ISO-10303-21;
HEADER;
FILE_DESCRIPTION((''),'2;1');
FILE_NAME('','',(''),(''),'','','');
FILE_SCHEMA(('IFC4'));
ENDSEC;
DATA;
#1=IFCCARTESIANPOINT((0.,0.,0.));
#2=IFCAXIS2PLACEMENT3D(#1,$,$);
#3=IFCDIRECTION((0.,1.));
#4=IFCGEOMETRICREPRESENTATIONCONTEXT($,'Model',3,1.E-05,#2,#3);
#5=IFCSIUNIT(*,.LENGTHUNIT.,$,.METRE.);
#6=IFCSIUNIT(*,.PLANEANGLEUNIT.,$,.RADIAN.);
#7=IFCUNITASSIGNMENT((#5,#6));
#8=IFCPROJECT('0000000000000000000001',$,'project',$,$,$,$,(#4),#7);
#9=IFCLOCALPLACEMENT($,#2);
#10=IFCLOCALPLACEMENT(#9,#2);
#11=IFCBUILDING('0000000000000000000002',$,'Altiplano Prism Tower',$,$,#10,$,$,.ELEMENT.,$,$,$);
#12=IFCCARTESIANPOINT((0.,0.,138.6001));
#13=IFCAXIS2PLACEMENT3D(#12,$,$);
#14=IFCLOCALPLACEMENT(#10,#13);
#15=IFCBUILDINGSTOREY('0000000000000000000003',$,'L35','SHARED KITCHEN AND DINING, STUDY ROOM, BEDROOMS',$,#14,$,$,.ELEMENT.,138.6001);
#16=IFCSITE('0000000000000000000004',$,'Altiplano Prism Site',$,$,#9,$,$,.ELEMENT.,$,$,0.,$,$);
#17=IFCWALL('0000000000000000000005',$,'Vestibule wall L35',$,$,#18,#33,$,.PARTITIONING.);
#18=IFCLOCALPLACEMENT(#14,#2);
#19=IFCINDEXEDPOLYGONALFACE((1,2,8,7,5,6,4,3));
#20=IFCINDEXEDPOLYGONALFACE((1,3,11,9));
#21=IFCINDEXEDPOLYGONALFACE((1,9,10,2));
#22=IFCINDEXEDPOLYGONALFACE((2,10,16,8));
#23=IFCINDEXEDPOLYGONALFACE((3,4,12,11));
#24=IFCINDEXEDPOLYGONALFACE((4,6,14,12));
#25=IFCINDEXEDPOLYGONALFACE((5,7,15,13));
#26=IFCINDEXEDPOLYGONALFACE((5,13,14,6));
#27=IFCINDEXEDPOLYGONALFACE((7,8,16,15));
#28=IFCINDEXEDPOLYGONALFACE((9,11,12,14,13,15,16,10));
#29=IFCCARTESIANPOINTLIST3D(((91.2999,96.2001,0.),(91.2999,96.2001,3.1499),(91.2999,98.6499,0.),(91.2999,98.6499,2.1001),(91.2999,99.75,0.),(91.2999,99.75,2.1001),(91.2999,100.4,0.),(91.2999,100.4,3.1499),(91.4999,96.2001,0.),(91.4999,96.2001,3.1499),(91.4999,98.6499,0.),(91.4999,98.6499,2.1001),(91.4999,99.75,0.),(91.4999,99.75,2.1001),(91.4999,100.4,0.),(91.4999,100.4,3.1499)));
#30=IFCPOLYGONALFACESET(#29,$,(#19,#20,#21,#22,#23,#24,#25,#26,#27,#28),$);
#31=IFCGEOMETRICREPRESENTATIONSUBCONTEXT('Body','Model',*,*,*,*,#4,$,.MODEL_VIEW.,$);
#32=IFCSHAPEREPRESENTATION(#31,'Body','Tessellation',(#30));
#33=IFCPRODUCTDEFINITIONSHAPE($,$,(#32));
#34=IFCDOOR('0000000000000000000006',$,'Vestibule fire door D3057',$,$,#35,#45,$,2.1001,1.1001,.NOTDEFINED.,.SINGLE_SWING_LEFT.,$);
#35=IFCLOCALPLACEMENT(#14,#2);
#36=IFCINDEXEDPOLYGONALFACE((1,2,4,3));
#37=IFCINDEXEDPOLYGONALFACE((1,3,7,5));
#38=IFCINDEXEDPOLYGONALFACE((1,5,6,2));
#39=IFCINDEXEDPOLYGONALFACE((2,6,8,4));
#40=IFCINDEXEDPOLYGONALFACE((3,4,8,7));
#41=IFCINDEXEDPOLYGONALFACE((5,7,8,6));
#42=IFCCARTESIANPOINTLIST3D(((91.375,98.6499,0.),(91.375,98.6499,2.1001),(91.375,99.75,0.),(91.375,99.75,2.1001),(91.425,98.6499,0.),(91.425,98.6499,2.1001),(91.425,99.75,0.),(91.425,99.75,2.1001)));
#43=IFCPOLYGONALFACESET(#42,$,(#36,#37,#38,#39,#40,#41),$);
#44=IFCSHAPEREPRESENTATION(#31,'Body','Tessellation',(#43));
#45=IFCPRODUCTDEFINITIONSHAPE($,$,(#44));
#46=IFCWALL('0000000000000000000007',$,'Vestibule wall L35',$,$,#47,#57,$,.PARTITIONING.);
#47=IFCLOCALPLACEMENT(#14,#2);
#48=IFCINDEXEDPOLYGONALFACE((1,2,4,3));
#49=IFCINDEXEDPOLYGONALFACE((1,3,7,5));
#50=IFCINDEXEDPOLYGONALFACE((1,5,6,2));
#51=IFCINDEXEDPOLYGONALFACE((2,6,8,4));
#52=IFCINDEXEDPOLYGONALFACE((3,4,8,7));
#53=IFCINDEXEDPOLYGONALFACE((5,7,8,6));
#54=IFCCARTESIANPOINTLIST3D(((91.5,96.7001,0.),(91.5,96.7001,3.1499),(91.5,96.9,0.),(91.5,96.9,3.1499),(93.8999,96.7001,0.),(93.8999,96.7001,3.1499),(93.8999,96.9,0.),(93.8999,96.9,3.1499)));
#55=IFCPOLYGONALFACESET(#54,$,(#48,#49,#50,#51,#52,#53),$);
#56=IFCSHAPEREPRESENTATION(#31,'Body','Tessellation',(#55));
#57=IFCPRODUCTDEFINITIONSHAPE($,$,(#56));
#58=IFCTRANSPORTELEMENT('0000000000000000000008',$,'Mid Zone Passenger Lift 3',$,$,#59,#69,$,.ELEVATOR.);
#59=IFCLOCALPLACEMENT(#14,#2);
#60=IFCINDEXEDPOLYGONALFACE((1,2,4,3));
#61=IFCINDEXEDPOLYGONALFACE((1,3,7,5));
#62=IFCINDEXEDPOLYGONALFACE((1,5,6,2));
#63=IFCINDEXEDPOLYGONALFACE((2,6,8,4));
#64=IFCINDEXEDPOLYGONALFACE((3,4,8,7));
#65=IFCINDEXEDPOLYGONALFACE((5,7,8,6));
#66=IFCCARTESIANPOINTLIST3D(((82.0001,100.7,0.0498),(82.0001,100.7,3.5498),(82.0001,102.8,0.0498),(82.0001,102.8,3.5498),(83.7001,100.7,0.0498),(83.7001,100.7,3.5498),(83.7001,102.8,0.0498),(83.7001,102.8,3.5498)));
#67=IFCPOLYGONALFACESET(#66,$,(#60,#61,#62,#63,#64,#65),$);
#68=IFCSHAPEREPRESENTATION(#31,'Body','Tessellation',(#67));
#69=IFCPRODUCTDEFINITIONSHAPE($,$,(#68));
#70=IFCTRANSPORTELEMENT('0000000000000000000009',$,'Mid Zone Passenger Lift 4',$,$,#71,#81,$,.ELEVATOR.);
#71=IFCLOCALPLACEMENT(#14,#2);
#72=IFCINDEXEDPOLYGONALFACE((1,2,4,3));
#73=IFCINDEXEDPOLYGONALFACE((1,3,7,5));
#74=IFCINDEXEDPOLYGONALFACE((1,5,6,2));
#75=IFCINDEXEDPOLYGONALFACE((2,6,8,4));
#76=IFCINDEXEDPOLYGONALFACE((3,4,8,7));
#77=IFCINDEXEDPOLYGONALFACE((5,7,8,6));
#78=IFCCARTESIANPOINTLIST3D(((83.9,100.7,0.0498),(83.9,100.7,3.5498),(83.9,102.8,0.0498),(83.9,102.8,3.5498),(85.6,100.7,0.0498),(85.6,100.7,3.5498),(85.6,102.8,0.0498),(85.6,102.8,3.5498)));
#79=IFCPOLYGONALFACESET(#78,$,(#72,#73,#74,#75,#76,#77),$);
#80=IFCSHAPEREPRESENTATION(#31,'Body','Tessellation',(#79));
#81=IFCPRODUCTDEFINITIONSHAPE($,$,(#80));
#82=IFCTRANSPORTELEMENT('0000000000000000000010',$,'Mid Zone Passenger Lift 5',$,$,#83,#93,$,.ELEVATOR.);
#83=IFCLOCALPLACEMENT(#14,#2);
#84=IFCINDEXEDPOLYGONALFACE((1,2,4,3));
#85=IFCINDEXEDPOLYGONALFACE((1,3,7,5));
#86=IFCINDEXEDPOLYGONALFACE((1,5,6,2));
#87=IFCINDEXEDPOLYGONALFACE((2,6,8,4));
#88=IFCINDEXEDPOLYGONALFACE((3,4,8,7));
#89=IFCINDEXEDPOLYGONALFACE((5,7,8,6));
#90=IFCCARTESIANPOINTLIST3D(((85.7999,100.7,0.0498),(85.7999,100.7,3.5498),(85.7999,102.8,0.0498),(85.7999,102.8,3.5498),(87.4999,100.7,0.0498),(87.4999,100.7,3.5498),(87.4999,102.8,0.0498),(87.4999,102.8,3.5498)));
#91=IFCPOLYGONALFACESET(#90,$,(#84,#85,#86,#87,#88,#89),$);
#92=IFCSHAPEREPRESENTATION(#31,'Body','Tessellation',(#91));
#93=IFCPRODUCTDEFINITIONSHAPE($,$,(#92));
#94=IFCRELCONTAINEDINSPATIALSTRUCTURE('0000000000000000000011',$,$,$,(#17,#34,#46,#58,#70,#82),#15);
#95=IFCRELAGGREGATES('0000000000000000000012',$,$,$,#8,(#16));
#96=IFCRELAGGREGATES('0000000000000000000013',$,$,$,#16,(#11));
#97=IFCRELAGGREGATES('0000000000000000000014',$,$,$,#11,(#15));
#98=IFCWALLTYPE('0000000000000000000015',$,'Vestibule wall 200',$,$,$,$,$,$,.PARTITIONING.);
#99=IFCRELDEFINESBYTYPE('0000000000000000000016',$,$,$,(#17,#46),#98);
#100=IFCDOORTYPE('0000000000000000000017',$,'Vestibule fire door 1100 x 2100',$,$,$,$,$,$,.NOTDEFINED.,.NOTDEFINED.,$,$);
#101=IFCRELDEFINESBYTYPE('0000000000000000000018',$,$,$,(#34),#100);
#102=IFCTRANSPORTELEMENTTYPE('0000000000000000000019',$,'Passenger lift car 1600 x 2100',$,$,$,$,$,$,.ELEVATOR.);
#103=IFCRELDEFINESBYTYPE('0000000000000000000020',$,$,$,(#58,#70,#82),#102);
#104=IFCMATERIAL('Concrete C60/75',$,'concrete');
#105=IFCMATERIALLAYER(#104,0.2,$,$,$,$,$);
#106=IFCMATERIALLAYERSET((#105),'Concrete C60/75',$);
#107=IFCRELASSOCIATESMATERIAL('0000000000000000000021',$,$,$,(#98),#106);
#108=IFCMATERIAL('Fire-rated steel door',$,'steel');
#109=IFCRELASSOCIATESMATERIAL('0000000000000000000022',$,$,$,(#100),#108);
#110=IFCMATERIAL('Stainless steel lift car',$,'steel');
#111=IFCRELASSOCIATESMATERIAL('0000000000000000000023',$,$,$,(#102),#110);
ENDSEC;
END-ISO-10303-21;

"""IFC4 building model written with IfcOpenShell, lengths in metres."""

from ifc_helpers import new_model, si_unit, direction, frame, frame_2d, origin, origin_2d, place, context, subcontext, project, spatial, rectangle, extrude, material, layer, layer_set, type_object, element, fill, save


model = new_model("IFC4")

# Units and contexts
model_context = context("Model", 3, precision=1e-05, world=origin(), true_north=direction((0.0, 1.0)))
body_context = subcontext(model_context, "Body", "Model", "MODEL_VIEW")
ifc_project = project(units=[si_unit("LENGTHUNIT", "METRE"), si_unit("PLANEANGLEUNIT", "RADIAN")], contexts=[model_context])

# Site, building, storey
site_placement = place(None, origin())
site = spatial("IfcSite", under=ifc_project, at=site_placement, Name="Altiplano Prism Site", CompositionType="ELEMENT", RefElevation=0.0)
building_placement = place(site_placement, origin())
building = spatial("IfcBuilding", under=site, at=building_placement, Name="Altiplano Prism Tower", CompositionType="ELEMENT")
storey_placement = place(building_placement, frame((0.0, 0.0, 138.6001)))
storey = spatial("IfcBuildingStorey", under=building, at=storey_placement, Name="L35", Description="SHARED KITCHEN AND DINING, STUDY ROOM, BEDROOMS", CompositionType="ELEMENT", Elevation=138.6001)

# Shared definitions
ifc_material_1 = material(Name="Concrete C60/75", Category="concrete")

# Shared definitions
ifc_material_2 = material(Name="Fire-rated steel door", Category="steel")

# Shared definitions
ifc_layer_1 = layer(ifc_material_1, 0.2)
ifc_layer_set_1 = layer_set([ifc_layer_1], Name="Concrete C60/75")
wall_type_1 = type_object("IfcWallType", Name="Vestibule wall 200", PredefinedType="PARTITIONING", material=ifc_layer_set_1)
door_type_1 = type_object("IfcDoorType", Name="Vestibule fire door 1100 x 2100", OperationType="NOTDEFINED", PredefinedType="NOTDEFINED", material=ifc_material_2)

# Wall, opening, door
wall_1_placement = place(storey_placement, frame((91.3999, 96.2, 0.0), z_axis=(0.0, 0.0, 1.0), x_axis=(0.0, 1.0, 0.0)))
wall_1 = element("IfcWall", 1, at=wall_1_placement, inside=storey, type_object=wall_type_1, Name="Vestibule wall L35", PredefinedType="PARTITIONING", context=body_context, shape_type="SweptSolid", body=[
    extrude(rectangle(XDim=4.2, YDim=0.2, at=frame_2d((2.1001, 0.0))), origin(), (0.0, 0.0, 1.0), 3.1499),
])
opening_1_placement = place(wall_1_placement, frame((2.45, 0.0, 0.0)))
opening_1 = element("IfcOpeningElement", 2, at=opening_1_placement, cuts=wall_1, PredefinedType="OPENING", context=body_context, shape_type="SweptSolid", body=[
    extrude(rectangle(XDim=1.1001, YDim=2.1001, at=frame_2d((0.55, 1.05))), frame((0.0, 0.1104, 0.0), z_axis=(0.0, -1.0, 0.0), x_axis=(1.0, 0.0, 0.0)), (0.0, 0.0, 1.0), 0.2209),
])
door_1_placement = place(opening_1_placement, origin())
door_1 = element("IfcDoor", 3, at=door_1_placement, inside=storey, type_object=door_type_1, Name="Vestibule fire door D3057", OperationType="SINGLE_SWING_LEFT", OverallHeight=2.1001, OverallWidth=1.1001, PredefinedType="NOTDEFINED", context=body_context, shape_type="SweptSolid", body=[
    extrude(rectangle(XDim=1.1001, YDim=2.1001, at=frame_2d((0.55, 1.05))), frame((0.0, 0.0249, 0.0), z_axis=(0.0, -1.0, 0.0), x_axis=(1.0, 0.0, 0.0)), (0.0, 0.0, 1.0), 0.05),
])
fill(opening_1, door_1)

# Wall
wall_2_placement = place(storey_placement, frame((91.5, 96.8, 0.0), z_axis=(0.0, 0.0, 1.0), x_axis=(1.0, 0.0, 0.0)))
element("IfcWall", 4, at=wall_2_placement, inside=storey, type_object=wall_type_1, Name="Vestibule wall L35", PredefinedType="PARTITIONING", context=body_context, shape_type="SweptSolid", body=[
    extrude(rectangle(XDim=2.3999, YDim=0.2, at=frame_2d((1.2, 0.0))), origin(), (0.0, 0.0, 1.0), 3.1499),
])

# Transport elements
ifc_material_3 = material(Name="Stainless steel lift car", Category="steel")
transport_element_type = type_object("IfcTransportElementType", Name="Passenger lift car 1600 x 2100", PredefinedType="ELEVATOR", material=ifc_material_3)
for number, where, z_axis, x_axis, name in (
    (5, (82.8501, 101.75, 0.0498), (0.0, 0.0, 1.0), (1.0, 0.0, 0.0), "Mid Zone Passenger Lift 3"),
    (6, (84.75, 101.75, 0.0498), (0.0, 0.0, 1.0), (1.0, 0.0, 0.0), "Mid Zone Passenger Lift 4"),
    (7, (86.6499, 101.75, 0.0498), (0.0, 0.0, 1.0), (1.0, 0.0, 0.0), "Mid Zone Passenger Lift 5"),
):
    element("IfcTransportElement", number, at=place(storey_placement, frame(where, z_axis=z_axis, x_axis=x_axis)), inside=storey, type_object=transport_element_type, Name=name, PredefinedType="ELEVATOR", context=body_context, shape_type="SweptSolid", body=[
        extrude(rectangle(XDim=1.7, YDim=2.1001, at=origin_2d()), origin(), (0.0, 0.0, 1.0), 3.5),
    ])

save(model, "model.ifc")
